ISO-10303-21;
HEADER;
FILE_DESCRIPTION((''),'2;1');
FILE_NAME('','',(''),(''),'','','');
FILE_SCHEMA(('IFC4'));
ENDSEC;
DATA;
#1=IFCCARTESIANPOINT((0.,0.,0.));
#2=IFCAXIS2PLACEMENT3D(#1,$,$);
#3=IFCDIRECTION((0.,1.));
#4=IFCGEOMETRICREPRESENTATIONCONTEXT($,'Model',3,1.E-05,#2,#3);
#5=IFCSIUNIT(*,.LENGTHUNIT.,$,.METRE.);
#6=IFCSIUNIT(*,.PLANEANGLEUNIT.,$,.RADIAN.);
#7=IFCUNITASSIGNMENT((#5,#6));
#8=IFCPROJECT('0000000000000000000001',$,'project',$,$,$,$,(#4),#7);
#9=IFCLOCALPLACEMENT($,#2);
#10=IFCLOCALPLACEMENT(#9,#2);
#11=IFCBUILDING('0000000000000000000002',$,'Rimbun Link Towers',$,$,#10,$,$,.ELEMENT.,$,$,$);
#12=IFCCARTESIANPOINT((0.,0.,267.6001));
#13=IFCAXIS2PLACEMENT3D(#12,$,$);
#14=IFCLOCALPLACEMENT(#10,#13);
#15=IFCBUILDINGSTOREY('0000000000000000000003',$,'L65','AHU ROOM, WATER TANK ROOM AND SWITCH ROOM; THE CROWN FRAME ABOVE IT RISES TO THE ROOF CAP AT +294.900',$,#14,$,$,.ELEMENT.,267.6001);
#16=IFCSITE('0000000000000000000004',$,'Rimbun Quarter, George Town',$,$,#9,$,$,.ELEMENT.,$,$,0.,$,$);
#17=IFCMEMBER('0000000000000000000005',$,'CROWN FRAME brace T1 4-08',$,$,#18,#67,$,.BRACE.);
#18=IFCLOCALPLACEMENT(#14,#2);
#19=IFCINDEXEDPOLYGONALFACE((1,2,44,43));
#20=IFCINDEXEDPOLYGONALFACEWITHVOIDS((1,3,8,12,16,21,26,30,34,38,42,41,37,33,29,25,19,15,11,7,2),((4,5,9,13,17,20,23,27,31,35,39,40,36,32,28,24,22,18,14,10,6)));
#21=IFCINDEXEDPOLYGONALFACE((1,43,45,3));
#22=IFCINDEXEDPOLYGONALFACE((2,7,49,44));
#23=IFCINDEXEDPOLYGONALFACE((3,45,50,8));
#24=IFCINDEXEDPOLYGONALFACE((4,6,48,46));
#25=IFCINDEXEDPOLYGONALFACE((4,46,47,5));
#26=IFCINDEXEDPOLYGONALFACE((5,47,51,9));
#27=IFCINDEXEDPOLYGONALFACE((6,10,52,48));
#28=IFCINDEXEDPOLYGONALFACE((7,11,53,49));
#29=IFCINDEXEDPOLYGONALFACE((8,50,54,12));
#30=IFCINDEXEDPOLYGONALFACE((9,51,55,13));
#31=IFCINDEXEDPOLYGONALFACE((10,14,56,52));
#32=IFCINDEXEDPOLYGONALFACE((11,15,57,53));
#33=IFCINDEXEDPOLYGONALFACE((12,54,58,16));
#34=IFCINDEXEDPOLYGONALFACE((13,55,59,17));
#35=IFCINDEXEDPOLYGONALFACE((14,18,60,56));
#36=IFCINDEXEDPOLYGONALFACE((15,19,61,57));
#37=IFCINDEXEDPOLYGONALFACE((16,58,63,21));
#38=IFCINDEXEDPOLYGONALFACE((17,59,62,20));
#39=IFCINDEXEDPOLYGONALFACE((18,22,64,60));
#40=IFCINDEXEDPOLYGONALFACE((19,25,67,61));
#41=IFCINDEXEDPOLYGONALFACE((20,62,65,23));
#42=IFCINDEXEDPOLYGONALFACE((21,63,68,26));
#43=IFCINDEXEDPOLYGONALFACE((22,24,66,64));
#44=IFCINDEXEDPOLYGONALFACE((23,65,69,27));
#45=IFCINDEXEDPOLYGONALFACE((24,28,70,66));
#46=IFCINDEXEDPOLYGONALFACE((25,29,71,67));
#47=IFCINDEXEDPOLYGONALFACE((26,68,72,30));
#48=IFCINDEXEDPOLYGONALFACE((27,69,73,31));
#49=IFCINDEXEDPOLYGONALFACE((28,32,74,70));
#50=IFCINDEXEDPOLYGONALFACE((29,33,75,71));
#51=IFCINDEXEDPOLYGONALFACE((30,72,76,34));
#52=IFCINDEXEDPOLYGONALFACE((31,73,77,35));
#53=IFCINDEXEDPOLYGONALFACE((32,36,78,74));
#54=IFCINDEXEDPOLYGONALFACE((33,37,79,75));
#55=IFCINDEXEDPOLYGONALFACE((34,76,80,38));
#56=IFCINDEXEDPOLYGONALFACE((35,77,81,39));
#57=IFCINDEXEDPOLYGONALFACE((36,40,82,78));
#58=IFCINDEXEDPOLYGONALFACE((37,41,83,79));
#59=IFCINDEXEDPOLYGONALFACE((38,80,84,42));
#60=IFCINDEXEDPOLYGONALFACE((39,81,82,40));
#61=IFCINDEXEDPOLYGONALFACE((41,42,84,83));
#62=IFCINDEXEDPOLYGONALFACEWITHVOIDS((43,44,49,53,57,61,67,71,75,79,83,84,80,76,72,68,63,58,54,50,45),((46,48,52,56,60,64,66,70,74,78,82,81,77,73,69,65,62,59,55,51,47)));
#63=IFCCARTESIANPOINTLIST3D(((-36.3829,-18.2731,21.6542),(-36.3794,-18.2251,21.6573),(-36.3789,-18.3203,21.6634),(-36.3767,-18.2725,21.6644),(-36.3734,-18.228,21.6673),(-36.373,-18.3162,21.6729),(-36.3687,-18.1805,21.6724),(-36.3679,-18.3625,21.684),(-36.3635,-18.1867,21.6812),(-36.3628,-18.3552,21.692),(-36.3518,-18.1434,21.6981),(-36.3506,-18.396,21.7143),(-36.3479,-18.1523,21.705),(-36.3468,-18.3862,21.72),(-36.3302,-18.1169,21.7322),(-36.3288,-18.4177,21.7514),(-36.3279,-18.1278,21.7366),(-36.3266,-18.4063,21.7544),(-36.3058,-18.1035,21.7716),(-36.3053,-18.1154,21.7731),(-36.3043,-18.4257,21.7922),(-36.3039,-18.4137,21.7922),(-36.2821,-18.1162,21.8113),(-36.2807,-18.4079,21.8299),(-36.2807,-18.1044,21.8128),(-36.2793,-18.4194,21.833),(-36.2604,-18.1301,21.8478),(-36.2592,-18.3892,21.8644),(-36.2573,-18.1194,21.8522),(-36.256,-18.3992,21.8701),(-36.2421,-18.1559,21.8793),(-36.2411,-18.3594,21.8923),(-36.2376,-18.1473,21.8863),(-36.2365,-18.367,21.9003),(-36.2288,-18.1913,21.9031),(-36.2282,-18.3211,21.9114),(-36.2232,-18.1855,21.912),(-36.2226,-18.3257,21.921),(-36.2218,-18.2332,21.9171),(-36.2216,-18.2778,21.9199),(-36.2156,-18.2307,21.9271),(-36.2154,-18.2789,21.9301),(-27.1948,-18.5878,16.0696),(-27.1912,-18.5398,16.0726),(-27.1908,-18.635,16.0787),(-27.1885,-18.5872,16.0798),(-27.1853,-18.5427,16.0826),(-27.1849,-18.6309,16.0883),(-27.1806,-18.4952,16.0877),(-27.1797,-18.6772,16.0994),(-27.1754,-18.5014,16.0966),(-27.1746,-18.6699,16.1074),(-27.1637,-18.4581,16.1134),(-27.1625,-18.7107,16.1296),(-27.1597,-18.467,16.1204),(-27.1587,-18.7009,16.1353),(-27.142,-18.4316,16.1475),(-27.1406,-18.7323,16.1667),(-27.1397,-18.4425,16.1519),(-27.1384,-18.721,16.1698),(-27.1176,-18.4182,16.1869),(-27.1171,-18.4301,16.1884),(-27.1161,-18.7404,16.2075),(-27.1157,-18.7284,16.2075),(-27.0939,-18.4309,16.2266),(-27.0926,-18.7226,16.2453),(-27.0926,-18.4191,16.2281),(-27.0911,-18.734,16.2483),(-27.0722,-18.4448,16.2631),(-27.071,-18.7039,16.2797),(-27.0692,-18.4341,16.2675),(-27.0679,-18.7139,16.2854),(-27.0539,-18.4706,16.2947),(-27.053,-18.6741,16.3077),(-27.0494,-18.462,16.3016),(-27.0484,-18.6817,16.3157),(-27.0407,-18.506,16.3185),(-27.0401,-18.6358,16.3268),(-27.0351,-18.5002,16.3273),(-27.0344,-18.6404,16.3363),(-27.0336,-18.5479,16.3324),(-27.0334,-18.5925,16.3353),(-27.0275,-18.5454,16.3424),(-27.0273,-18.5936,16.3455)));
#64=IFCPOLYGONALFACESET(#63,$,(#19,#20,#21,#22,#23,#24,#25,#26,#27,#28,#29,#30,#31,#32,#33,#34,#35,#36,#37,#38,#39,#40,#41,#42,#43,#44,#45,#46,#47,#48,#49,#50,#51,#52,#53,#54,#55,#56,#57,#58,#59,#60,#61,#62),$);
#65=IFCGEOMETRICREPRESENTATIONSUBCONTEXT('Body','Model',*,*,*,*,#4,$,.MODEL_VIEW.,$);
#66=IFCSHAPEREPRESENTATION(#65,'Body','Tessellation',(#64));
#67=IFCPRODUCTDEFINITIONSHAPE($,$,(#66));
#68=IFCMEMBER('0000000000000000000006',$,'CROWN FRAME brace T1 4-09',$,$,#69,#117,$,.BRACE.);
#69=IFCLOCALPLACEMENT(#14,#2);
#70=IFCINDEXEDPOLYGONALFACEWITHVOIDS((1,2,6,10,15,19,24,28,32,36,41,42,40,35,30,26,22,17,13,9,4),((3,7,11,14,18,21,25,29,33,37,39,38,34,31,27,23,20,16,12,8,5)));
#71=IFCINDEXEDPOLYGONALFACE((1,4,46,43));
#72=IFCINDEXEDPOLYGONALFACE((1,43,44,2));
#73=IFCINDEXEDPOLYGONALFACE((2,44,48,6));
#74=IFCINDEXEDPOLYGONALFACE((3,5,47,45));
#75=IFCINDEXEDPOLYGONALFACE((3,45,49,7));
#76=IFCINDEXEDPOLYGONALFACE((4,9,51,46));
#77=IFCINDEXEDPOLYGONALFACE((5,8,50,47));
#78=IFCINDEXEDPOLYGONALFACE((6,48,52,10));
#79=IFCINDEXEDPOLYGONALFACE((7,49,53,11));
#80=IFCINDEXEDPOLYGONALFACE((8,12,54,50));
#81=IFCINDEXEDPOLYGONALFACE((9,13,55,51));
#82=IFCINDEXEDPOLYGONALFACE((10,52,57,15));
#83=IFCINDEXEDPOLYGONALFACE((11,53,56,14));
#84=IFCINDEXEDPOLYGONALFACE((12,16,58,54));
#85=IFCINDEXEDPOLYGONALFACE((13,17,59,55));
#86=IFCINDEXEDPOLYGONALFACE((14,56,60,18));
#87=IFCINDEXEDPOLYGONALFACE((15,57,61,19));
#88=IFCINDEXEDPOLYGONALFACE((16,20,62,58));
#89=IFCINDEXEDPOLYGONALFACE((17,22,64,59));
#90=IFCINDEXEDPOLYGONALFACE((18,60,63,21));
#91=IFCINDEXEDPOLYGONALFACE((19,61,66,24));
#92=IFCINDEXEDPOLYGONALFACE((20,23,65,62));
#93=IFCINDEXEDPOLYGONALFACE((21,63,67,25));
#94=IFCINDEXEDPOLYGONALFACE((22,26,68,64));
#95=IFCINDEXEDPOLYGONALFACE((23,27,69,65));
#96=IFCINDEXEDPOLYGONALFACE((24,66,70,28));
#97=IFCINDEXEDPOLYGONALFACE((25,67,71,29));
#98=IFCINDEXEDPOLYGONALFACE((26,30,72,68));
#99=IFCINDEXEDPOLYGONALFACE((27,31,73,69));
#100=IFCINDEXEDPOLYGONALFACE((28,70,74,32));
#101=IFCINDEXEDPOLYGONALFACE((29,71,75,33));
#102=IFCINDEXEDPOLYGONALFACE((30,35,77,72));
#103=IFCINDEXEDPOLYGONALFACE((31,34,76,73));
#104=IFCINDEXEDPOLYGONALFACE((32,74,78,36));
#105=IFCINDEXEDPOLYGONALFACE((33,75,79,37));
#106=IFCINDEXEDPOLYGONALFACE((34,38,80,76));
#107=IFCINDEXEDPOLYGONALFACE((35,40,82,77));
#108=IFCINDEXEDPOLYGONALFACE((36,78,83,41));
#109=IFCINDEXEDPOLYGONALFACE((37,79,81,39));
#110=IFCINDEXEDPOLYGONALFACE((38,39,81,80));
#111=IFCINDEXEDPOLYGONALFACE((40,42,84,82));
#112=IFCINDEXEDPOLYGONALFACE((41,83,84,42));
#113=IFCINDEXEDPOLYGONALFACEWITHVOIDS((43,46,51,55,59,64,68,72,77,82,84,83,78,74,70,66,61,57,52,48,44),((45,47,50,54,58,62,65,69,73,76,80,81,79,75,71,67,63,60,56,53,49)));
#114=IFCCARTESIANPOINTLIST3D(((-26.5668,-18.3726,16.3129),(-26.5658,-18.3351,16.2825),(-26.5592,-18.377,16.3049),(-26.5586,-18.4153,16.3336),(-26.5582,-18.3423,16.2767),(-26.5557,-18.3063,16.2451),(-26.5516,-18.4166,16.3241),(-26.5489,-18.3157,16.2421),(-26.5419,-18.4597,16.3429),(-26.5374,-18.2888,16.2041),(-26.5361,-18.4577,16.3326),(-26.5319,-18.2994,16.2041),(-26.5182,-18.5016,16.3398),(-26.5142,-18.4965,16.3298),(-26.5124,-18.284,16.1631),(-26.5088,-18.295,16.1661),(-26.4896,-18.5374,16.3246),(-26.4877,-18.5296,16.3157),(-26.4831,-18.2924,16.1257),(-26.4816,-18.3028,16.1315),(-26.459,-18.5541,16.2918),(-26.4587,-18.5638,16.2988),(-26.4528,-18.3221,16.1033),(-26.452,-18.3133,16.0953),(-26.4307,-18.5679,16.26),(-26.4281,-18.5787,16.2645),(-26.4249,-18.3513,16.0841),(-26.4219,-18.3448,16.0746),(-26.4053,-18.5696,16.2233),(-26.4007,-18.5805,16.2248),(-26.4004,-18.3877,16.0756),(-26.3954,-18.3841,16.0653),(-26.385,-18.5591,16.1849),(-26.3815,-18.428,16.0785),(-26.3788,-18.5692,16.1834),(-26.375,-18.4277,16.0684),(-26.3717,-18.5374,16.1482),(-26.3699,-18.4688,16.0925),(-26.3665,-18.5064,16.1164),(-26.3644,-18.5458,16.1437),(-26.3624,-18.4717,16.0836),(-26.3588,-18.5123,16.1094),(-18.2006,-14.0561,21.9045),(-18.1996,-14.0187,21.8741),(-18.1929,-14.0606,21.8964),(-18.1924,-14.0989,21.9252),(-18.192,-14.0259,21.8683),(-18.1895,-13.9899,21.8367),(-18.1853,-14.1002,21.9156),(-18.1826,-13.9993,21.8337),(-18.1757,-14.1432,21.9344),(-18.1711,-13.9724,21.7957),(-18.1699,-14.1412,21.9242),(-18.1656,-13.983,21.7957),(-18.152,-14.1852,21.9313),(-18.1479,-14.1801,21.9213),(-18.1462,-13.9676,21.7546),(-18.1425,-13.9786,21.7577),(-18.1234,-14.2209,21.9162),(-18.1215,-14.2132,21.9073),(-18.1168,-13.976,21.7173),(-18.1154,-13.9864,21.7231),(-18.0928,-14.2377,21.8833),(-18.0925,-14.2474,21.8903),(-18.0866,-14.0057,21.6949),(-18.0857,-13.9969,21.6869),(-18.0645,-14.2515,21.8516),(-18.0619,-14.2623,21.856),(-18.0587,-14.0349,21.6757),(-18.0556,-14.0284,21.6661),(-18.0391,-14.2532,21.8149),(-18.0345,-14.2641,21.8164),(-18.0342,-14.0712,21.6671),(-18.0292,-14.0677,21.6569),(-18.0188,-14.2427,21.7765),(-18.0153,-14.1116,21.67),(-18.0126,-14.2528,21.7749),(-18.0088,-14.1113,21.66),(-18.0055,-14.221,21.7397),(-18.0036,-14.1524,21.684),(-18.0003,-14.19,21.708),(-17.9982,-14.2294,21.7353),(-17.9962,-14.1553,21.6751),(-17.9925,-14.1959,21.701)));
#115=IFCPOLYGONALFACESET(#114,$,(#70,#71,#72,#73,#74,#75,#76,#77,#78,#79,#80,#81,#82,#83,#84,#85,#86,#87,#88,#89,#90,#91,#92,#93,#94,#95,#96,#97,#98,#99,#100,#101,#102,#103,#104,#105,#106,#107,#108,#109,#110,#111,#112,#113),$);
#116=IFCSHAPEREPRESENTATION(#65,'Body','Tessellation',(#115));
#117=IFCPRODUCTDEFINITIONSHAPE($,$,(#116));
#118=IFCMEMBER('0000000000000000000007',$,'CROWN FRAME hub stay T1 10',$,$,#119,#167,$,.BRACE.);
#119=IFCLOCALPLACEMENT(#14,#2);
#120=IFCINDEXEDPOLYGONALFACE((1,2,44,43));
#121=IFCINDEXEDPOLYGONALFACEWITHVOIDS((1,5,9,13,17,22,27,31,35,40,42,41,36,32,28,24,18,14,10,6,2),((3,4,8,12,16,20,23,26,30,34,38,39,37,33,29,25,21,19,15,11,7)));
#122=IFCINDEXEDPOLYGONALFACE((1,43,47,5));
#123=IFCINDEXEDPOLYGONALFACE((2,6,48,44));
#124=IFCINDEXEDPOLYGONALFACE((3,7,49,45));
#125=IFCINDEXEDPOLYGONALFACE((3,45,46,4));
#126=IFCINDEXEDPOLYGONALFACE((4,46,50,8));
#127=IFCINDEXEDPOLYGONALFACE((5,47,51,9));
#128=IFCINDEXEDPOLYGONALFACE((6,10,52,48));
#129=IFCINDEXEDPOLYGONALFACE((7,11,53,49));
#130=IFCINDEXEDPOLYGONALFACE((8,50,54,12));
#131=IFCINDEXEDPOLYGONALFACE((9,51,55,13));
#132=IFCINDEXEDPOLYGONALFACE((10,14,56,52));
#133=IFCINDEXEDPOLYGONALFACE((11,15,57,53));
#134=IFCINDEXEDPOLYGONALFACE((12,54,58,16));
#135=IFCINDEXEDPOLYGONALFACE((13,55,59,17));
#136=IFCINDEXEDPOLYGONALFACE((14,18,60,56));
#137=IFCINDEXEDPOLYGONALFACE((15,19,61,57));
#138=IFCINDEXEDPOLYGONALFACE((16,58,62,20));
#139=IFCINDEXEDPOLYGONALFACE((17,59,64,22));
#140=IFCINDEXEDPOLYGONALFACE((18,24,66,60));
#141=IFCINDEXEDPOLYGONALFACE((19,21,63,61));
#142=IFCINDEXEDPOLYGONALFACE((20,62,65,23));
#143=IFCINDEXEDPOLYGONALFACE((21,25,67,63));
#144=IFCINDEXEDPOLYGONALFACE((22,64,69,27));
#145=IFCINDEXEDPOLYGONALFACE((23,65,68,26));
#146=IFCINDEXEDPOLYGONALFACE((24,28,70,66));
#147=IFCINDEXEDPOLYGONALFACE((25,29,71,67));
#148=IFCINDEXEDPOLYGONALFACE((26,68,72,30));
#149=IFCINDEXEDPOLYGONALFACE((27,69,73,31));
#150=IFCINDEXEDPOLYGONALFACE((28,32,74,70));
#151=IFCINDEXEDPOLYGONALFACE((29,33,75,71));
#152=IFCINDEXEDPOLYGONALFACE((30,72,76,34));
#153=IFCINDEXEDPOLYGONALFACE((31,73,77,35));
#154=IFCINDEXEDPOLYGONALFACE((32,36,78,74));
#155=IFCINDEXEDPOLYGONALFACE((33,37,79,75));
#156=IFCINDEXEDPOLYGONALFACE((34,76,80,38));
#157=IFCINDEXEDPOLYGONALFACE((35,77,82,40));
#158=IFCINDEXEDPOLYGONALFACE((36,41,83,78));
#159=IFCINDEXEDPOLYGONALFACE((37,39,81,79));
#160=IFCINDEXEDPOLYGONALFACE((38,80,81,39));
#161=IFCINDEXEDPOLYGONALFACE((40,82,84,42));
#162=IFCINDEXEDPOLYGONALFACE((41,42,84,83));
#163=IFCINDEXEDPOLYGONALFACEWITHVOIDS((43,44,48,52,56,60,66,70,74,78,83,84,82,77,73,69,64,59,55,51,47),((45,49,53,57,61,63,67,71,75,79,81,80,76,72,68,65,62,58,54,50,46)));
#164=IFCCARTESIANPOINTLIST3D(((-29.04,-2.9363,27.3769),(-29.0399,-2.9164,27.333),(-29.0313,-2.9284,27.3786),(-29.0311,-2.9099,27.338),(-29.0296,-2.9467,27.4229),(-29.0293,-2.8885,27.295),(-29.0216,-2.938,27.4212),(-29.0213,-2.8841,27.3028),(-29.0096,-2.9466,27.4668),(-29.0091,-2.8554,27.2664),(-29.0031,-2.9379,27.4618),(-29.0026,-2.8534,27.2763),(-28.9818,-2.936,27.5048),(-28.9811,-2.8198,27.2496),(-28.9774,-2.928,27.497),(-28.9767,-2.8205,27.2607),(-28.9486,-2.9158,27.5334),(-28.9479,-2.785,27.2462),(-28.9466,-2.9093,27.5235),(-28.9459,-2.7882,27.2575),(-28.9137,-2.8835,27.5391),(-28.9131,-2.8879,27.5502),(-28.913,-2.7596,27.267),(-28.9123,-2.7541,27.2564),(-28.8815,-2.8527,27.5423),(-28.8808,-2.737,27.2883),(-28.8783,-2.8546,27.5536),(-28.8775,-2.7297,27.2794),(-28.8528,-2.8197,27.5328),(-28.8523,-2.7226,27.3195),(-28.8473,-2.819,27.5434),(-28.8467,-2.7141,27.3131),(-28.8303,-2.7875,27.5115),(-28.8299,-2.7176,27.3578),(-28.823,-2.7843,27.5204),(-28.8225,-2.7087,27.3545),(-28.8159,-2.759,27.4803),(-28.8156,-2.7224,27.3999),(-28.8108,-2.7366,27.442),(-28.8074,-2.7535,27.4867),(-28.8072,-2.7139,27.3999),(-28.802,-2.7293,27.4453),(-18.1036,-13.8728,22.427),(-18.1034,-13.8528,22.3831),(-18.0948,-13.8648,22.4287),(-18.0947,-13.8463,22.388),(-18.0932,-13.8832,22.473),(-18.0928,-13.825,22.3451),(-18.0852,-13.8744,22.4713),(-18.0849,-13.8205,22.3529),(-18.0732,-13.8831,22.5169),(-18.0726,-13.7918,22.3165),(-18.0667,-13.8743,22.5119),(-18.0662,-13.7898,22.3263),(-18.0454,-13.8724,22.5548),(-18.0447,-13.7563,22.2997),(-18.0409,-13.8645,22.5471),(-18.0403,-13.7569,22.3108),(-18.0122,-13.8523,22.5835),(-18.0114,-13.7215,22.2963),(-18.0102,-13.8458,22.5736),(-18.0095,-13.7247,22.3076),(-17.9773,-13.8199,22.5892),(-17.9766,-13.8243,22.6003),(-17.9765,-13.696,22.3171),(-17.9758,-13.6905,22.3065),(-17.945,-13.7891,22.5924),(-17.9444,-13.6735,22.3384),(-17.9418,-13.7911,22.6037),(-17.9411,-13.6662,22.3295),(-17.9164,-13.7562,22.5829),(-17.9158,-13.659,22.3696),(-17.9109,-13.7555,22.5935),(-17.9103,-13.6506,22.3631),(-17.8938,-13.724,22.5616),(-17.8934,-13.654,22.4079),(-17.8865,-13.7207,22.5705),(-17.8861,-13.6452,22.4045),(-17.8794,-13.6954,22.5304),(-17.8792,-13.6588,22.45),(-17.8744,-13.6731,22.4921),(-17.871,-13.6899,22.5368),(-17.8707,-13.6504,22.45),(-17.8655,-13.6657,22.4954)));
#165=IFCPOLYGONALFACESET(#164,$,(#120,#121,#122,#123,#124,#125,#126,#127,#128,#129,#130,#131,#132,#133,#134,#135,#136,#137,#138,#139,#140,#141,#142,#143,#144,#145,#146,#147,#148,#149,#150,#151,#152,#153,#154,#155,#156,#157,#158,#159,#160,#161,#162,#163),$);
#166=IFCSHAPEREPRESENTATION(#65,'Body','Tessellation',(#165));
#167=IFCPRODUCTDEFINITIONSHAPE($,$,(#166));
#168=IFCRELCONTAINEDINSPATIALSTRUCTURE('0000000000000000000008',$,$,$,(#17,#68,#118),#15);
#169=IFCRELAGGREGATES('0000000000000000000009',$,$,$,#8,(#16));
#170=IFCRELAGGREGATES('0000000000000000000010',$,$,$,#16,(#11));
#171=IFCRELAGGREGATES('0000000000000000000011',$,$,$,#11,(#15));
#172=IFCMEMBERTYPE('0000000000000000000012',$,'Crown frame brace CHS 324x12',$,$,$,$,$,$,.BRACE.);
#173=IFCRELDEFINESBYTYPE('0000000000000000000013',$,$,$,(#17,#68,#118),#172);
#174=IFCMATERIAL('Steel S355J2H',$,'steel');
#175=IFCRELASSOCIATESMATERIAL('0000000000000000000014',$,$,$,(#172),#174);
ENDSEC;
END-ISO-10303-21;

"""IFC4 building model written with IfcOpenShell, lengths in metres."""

from ifc_helpers import new_model, si_unit, direction, frame, origin, origin_2d, place, context, subcontext, project, spatial, hollow_circle, extrude, material, material_profile, profile_set, type_object, element, save


model = new_model("IFC4")

# Units and contexts
model_context = context("Model", 3, precision=1e-05, world=origin(), true_north=direction((0.0, 1.0)))
body_context = subcontext(model_context, "Body", "Model", "MODEL_VIEW")
ifc_project = project(units=[si_unit("LENGTHUNIT", "METRE"), si_unit("PLANEANGLEUNIT", "RADIAN")], contexts=[model_context])

# Site, building, storey
site_placement = place(None, origin())
site = spatial("IfcSite", under=ifc_project, at=site_placement, Name="Rimbun Quarter, George Town", CompositionType="ELEMENT", RefElevation=0.0)
building_placement = place(site_placement, origin())
building = spatial("IfcBuilding", under=site, at=building_placement, Name="Rimbun Link Towers", CompositionType="ELEMENT")
storey_placement = place(building_placement, frame((0.0, 0.0, 267.6001)))
storey = spatial("IfcBuildingStorey", under=building, at=storey_placement, Name="L65", Description="AHU ROOM, WATER TANK ROOM AND SWITCH ROOM; THE CROWN FRAME ABOVE IT RISES TO THE ROOF CAP AT +294.900", CompositionType="ELEMENT", Elevation=267.6001)

# Members
ifc_material_1 = material(Name="Steel S355J2H", Category="steel")
ifc_material_profile_1 = material_profile(ifc_material_1, hollow_circle(Radius=0.1619, WallThickness=0.012, at=origin_2d()), Name="Crown frame brace CHS 324x12")
ifc_profile_set_1 = profile_set([ifc_material_profile_1], Name="Steel S355J2H")
member_type_1 = type_object("IfcMemberType", Name="Crown frame brace CHS 324x12", PredefinedType="BRACE", material=ifc_profile_set_1)
member_1_placement = place(storey_placement, frame((-27.1106, -18.5786, 16.2075), z_axis=(-0.854168, 0.029255, 0.519173), x_axis=(-0.03423, -0.999414, 0.0)))
element("IfcMember", 1, at=member_1_placement, inside=storey, type_object=member_type_1, Name="CROWN FRAME brace T1 4-08", PredefinedType="BRACE", context=body_context, shape_type="SweptSolid", body=[
    extrude(hollow_circle(Radius=0.1619, WallThickness=0.012, at=origin_2d()), origin(), (0.0, 0.0, 1.0), 10.7568),
])
member_2_placement = place(storey_placement, frame((-26.4631, -18.4326, 16.2041), z_axis=(0.764076, 0.394212, 0.51067), x_axis=(-0.458506, 0.888692, 0.0)))
element("IfcMember", 2, at=member_2_placement, inside=storey, type_object=member_type_1, Name="CROWN FRAME brace T1 4-09", PredefinedType="BRACE", context=body_context, shape_type="SweptSolid", body=[
    extrude(hollow_circle(Radius=0.1619, WallThickness=0.012, at=origin_2d()), origin(), (0.0, 0.0, 1.0), 10.9495),
])
member_3_placement = place(storey_placement, frame((-28.9216, -2.8284, 27.3999), z_axis=(0.673457, -0.673457, -0.304812), x_axis=(0.707107, 0.707107, 0.0)))
element("IfcMember", 3, at=member_3_placement, inside=storey, type_object=member_type_1, Name="CROWN FRAME hub stay T1 10", PredefinedType="BRACE", context=body_context, shape_type="SweptSolid", body=[
    extrude(hollow_circle(Radius=0.1619, WallThickness=0.012, at=origin_2d()), origin(), (0.0, 0.0, 1.0), 16.2393),
])

save(model, "model.ifc")
